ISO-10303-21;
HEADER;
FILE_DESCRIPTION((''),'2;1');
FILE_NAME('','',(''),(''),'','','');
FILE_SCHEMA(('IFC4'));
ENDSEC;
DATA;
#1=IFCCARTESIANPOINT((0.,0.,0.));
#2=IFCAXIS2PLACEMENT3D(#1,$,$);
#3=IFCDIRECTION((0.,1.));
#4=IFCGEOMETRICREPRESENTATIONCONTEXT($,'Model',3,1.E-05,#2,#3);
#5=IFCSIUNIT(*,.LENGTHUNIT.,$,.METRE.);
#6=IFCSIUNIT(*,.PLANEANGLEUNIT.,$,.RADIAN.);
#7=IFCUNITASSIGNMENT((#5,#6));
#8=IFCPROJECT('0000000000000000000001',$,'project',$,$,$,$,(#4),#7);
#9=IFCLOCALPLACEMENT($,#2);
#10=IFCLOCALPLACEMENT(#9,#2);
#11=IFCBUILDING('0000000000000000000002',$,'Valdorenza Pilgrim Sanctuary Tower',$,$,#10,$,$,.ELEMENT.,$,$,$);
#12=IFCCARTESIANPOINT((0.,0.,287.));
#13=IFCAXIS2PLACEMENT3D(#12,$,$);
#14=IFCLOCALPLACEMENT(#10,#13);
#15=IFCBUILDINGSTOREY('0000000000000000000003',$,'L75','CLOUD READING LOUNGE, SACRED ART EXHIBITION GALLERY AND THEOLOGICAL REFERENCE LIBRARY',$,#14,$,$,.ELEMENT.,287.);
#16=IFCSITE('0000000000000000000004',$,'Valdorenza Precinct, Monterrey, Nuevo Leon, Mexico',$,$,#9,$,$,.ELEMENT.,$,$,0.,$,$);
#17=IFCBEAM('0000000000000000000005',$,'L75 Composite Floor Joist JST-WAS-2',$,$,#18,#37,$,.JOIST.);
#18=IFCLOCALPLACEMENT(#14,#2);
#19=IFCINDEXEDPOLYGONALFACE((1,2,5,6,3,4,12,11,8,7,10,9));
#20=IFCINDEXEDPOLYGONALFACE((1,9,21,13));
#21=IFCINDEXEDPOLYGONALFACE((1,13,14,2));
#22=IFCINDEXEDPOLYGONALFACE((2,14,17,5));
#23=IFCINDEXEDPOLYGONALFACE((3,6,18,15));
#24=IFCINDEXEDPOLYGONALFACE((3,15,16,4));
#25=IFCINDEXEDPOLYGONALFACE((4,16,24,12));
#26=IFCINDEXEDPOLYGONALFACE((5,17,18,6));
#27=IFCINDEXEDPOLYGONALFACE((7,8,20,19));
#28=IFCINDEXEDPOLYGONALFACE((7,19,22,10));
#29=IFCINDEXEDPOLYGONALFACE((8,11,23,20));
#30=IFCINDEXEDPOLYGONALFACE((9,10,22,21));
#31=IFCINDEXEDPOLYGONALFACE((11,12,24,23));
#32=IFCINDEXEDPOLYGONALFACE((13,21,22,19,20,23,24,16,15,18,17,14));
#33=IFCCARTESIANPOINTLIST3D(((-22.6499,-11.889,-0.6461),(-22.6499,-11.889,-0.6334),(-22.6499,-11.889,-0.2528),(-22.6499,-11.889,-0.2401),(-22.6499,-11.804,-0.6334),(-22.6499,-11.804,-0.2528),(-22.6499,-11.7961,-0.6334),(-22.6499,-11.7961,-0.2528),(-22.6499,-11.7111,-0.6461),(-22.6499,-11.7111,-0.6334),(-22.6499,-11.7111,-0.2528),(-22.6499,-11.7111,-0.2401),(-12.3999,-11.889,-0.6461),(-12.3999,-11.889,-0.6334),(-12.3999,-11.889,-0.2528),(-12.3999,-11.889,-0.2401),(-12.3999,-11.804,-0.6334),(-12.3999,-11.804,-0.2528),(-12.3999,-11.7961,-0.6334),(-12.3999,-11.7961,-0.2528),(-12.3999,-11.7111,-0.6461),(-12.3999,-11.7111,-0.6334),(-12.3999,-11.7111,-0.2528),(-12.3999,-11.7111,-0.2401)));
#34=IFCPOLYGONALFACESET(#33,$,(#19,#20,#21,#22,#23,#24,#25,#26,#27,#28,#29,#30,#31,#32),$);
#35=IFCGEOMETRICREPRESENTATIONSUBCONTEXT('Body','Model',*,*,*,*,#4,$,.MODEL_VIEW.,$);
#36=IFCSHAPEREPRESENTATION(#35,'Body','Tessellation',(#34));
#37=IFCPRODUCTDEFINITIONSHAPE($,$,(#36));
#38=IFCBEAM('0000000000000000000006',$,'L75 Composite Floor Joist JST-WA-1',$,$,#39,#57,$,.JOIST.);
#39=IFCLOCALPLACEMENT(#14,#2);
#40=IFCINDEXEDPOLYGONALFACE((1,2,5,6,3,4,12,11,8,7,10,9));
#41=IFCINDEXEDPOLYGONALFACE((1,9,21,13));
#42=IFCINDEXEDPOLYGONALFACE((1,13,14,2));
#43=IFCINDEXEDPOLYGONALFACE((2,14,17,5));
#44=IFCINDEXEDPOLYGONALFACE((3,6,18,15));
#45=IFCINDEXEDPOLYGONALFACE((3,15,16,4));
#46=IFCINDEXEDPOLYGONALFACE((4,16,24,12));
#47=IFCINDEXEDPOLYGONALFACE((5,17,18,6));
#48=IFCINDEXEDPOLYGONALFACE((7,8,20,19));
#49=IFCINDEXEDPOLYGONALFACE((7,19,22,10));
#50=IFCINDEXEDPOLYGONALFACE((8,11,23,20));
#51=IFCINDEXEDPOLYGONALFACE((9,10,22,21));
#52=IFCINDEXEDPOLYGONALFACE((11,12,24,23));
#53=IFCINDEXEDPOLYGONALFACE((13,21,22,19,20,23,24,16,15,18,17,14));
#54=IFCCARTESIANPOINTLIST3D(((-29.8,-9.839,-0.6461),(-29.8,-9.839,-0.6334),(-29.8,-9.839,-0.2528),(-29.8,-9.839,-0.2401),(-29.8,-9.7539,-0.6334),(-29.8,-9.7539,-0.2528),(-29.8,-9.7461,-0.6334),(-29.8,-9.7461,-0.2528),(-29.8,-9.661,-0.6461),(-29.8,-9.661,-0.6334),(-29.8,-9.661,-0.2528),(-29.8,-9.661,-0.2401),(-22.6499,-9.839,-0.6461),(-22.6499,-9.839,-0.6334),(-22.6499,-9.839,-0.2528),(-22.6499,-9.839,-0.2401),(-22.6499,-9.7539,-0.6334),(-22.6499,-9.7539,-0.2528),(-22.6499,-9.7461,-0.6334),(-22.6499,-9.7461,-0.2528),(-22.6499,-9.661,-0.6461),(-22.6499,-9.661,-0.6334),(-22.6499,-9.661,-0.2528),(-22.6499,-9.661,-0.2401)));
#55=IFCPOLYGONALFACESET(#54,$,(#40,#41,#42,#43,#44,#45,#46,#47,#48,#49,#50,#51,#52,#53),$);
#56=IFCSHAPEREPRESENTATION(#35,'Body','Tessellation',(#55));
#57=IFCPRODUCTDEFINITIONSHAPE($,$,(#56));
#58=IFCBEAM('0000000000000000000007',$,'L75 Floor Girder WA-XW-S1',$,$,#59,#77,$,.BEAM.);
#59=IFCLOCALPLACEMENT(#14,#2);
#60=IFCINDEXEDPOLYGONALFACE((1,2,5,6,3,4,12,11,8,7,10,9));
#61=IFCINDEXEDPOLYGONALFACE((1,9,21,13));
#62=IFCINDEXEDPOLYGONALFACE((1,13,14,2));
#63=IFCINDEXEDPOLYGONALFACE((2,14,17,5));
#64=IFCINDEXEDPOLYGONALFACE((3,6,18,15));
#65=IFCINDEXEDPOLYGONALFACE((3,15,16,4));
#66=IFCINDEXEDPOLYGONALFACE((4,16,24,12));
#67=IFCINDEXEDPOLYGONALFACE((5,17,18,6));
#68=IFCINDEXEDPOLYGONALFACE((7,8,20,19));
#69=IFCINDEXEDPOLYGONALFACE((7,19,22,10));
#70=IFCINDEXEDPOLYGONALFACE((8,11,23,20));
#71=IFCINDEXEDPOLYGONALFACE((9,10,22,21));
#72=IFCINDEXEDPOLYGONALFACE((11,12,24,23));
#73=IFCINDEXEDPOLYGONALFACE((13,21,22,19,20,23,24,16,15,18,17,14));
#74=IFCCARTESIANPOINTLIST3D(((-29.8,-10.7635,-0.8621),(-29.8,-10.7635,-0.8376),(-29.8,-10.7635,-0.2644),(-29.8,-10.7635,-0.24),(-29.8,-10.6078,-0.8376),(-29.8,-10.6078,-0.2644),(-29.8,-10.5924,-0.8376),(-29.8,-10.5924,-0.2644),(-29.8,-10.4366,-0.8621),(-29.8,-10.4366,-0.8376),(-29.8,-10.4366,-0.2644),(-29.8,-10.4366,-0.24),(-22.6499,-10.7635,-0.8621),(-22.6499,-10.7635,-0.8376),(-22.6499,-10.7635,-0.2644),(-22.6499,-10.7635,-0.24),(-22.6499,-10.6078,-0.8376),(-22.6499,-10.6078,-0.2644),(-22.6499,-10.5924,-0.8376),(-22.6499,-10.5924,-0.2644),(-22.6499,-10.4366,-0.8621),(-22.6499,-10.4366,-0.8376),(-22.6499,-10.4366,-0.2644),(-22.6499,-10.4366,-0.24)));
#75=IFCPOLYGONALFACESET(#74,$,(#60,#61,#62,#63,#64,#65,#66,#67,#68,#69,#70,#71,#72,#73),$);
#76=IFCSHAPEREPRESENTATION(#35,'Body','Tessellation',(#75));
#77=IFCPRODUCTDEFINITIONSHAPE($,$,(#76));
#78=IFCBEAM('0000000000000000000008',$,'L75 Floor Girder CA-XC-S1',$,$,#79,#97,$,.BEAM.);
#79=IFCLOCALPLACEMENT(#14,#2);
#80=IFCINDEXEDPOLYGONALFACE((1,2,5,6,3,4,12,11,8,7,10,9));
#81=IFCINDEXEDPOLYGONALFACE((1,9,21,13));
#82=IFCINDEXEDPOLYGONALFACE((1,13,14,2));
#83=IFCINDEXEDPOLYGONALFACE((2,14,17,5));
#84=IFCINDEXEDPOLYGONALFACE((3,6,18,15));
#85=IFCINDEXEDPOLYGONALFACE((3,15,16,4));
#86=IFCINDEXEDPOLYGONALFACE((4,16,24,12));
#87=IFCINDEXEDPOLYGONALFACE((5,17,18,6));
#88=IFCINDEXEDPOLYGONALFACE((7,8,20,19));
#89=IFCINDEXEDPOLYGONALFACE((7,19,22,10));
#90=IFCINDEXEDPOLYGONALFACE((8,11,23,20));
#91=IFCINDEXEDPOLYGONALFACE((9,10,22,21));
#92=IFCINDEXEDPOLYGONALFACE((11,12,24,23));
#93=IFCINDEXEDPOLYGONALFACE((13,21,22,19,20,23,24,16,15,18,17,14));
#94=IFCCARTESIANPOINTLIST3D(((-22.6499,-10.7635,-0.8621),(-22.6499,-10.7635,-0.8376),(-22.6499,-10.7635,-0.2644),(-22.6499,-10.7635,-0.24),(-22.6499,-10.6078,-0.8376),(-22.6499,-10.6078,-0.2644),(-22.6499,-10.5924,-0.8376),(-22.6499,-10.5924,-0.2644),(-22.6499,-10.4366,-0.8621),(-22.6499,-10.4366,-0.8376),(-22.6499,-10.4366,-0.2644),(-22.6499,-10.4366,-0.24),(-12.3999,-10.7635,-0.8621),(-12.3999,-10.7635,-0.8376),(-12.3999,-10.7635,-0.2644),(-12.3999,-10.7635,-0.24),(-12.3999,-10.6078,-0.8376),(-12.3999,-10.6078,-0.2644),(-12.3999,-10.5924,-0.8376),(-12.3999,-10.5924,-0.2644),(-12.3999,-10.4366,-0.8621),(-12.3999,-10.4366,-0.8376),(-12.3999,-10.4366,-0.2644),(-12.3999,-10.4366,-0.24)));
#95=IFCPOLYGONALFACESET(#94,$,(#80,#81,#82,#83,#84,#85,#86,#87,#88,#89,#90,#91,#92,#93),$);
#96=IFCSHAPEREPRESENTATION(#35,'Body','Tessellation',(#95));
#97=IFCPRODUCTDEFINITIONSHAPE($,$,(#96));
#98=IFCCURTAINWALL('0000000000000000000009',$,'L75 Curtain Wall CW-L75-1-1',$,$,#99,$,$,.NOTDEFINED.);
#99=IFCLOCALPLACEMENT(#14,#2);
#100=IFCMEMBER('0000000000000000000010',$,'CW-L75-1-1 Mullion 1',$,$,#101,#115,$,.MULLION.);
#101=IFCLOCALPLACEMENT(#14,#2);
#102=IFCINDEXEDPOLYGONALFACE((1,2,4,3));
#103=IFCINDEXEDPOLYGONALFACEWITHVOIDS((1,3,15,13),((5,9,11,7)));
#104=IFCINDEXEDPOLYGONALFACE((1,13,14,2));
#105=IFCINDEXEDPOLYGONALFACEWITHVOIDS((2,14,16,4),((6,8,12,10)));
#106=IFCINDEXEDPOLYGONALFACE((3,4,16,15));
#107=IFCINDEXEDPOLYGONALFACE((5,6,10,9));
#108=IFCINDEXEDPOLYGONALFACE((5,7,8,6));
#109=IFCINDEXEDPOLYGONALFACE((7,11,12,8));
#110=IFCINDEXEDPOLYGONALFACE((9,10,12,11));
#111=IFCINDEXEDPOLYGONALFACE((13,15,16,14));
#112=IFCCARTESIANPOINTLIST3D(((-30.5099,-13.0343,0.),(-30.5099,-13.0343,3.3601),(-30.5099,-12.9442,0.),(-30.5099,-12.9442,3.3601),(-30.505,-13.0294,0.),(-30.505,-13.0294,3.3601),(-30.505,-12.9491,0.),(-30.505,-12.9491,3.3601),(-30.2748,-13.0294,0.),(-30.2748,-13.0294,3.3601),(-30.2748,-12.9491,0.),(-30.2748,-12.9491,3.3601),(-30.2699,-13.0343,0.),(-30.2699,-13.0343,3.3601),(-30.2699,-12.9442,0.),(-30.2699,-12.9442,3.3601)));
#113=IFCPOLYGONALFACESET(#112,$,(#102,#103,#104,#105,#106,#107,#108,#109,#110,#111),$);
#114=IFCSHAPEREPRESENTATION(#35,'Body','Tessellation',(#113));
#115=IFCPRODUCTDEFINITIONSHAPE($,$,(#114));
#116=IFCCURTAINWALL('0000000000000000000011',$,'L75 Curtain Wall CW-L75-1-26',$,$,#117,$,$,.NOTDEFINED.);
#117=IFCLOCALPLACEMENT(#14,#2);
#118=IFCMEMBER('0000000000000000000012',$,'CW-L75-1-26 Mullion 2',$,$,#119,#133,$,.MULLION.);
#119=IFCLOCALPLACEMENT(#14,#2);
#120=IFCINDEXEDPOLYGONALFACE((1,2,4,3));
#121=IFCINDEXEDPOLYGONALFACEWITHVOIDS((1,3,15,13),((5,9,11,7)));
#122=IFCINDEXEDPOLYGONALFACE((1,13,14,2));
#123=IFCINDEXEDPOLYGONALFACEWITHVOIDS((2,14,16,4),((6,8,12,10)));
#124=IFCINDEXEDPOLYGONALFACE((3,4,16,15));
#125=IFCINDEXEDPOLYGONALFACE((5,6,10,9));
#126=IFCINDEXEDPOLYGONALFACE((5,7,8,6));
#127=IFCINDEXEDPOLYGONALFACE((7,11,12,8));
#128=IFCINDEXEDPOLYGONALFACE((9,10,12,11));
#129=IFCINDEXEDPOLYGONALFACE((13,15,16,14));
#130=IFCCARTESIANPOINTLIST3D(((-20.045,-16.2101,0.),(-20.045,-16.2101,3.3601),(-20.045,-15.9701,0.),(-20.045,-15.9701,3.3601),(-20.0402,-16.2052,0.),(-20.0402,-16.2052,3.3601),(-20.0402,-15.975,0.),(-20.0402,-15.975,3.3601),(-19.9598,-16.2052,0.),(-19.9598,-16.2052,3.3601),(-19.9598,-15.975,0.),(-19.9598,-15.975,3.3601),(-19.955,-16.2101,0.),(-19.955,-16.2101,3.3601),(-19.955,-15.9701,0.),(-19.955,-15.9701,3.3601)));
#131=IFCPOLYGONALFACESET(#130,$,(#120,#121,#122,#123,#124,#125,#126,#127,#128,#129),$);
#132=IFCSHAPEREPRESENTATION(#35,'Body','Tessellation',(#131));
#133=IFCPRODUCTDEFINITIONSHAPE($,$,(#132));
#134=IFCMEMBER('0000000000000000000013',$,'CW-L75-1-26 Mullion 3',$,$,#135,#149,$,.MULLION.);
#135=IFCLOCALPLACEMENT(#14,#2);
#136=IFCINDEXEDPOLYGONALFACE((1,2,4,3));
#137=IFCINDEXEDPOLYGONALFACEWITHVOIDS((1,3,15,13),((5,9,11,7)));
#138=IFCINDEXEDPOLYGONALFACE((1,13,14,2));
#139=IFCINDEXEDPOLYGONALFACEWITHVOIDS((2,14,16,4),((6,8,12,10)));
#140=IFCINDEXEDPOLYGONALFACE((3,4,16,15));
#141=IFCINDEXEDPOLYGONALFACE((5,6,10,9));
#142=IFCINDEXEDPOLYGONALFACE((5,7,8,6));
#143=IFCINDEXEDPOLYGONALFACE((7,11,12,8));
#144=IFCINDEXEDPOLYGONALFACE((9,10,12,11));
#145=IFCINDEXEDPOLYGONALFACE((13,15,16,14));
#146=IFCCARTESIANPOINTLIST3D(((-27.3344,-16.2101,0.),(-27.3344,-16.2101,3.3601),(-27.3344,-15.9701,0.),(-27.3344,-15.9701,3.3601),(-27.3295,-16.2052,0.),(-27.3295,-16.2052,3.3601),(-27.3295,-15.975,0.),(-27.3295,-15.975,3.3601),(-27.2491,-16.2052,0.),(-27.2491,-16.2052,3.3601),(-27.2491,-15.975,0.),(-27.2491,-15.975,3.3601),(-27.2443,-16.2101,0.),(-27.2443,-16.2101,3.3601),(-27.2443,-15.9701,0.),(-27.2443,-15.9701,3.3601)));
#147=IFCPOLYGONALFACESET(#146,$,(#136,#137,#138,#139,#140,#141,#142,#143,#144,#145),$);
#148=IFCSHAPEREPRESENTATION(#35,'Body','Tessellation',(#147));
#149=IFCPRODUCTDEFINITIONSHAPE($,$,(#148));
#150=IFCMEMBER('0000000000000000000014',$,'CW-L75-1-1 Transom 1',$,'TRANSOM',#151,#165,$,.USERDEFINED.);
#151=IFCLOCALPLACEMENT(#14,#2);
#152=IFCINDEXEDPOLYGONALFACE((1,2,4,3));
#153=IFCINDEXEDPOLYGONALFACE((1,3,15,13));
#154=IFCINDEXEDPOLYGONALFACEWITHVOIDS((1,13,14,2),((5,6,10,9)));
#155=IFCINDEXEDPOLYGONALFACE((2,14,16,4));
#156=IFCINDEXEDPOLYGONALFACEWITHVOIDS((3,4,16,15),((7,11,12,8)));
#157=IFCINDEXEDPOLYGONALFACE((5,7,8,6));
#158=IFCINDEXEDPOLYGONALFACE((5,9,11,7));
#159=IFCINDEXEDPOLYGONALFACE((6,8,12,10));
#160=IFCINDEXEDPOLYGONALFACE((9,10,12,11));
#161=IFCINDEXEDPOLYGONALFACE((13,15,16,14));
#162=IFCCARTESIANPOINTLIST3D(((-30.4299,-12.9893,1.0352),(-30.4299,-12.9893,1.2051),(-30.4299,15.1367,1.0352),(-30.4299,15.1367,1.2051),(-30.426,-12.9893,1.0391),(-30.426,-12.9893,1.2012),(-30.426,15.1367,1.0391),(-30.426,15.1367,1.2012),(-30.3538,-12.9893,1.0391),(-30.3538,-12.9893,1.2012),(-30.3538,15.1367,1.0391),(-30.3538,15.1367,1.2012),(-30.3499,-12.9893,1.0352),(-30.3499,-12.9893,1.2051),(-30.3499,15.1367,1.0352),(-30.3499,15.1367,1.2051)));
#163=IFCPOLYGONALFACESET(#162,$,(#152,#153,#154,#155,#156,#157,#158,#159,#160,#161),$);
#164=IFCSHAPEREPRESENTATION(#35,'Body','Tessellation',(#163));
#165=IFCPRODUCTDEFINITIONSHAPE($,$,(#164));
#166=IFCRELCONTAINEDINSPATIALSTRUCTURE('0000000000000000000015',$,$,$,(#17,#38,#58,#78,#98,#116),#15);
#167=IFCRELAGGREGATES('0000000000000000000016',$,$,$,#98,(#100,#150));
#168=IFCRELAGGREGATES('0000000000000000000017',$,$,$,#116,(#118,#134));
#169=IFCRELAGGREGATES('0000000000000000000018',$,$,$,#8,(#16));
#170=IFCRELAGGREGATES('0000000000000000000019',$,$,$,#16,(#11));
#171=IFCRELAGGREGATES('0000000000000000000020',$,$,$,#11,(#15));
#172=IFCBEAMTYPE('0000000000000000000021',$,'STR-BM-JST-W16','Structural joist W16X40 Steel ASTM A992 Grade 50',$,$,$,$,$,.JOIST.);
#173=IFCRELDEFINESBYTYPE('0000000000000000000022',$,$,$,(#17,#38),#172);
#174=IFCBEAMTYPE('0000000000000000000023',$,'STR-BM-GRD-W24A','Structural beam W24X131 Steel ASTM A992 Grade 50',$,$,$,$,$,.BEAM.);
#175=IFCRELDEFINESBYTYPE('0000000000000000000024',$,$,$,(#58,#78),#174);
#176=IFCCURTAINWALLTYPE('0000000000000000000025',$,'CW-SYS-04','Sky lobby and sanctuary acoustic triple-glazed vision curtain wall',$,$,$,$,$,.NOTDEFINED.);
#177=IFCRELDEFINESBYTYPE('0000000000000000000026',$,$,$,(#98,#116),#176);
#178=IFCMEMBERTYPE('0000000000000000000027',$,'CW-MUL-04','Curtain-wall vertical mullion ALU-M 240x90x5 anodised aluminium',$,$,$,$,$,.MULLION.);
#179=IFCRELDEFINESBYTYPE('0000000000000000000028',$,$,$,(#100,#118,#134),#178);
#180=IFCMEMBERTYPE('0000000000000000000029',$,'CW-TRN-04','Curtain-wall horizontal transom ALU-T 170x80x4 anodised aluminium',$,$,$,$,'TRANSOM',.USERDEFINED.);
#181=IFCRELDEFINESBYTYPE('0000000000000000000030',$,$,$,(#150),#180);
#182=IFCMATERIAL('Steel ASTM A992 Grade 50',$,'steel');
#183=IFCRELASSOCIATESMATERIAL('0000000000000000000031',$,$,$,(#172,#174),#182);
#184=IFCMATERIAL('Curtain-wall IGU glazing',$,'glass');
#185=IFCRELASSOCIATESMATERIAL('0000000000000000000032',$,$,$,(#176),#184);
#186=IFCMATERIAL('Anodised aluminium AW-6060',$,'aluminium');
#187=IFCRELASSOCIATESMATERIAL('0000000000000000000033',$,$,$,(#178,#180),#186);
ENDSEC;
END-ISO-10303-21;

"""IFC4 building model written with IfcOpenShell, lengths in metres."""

from ifc_helpers import new_model, si_unit, direction, frame, origin, origin_2d, place, context, subcontext, project, spatial, hollow_rectangle, i_section, extrude, source, transform, mapped, material, material_profile, profile_set, type_object, element, aggregate, save


model = new_model("IFC4")

# Units and contexts
model_context = context("Model", 3, precision=1e-05, world=origin(), true_north=direction((0.0, 1.0)))
body_context = subcontext(model_context, "Body", "Model", "MODEL_VIEW")
ifc_project = project(units=[si_unit("LENGTHUNIT", "METRE"), si_unit("PLANEANGLEUNIT", "RADIAN")], contexts=[model_context])

# Site, building, storey
site_placement = place(None, origin())
site = spatial("IfcSite", under=ifc_project, at=site_placement, Name="Valdorenza Precinct, Monterrey, Nuevo Leon, Mexico", CompositionType="ELEMENT", RefElevation=0.0)
building_placement = place(site_placement, origin())
building = spatial("IfcBuilding", under=site, at=building_placement, Name="Valdorenza Pilgrim Sanctuary Tower", CompositionType="ELEMENT")
storey_placement = place(building_placement, frame((0.0, 0.0, 287.0)))
storey = spatial("IfcBuildingStorey", under=building, at=storey_placement, Name="L75", Description="CLOUD READING LOUNGE, SACRED ART EXHIBITION GALLERY AND THEOLOGICAL REFERENCE LIBRARY", CompositionType="ELEMENT", Elevation=287.0)

# Shared definitions
ifc_material_1 = material(Name="Steel ASTM A992 Grade 50", Category="steel")

# Beams
ifc_material_profile_1 = material_profile(ifc_material_1, i_section(OverallWidth=0.178, OverallDepth=0.406, WebThickness=0.0078, FlangeThickness=0.0127, at=origin_2d()), Name="W16X40")
ifc_profile_set_1 = profile_set([ifc_material_profile_1], Name="Steel ASTM A992 Grade 50")
beam_type_1 = type_object("IfcBeamType", Name="STR-BM-JST-W16", Description="Structural joist W16X40 Steel ASTM A992 Grade 50", PredefinedType="JOIST", material=ifc_profile_set_1)
shared_shape_1 = source(origin(), body_context, "Body", "SweptSolid", [
    extrude(i_section(OverallWidth=0.178, OverallDepth=0.406, WebThickness=0.0078, FlangeThickness=0.0127, at=origin_2d()), origin(), (0.0, 0.0, 1.0), 10.25),
])
for number, where, z_axis, x_axis, name in (
    (1, (-22.6499, -11.8, -0.4431), (1.0, 0.0, 0.0), (0.0, 1.0, 0.0), "L75 Composite Floor Joist JST-WAS-2"),
):
    element("IfcBeam", number, at=place(storey_placement, frame(where, z_axis=z_axis, x_axis=x_axis)), inside=storey, type_object=beam_type_1, Name=name, PredefinedType="JOIST", context=body_context, shape_type="MappedRepresentation", body=[
        mapped(shared_shape_1, transform((0.0, 0.0, 0.0), x_axis=(1.0, 0.0, 0.0), y_axis=(0.0, 1.0, 0.0), z_axis=(0.0, 0.0, 1.0), scale=1.0)),
    ])
shared_shape_2 = source(origin(), body_context, "Body", "SweptSolid", [
    extrude(i_section(OverallWidth=0.178, OverallDepth=0.406, WebThickness=0.0078, FlangeThickness=0.0127, at=origin_2d()), origin(), (0.0, 0.0, 1.0), 7.1501),
])
beam_1_placement = place(storey_placement, frame((-29.8, -9.75, -0.4431), z_axis=(1.0, 0.0, 0.0), x_axis=(0.0, 1.0, 0.0)))
element("IfcBeam", 2, at=beam_1_placement, inside=storey, type_object=beam_type_1, Name="L75 Composite Floor Joist JST-WA-1", PredefinedType="JOIST", context=body_context, shape_type="MappedRepresentation", body=[
    mapped(shared_shape_2, transform((0.0, 0.0, 0.0), x_axis=(1.0, 0.0, 0.0), y_axis=(0.0, 1.0, 0.0), z_axis=(0.0, 0.0, 1.0), scale=1.0)),
])
ifc_material_profile_2 = material_profile(ifc_material_1, i_section(OverallWidth=0.3269, OverallDepth=0.6221, WebThickness=0.0154, FlangeThickness=0.0244, at=origin_2d()), Name="W24X131")
ifc_profile_set_2 = profile_set([ifc_material_profile_2], Name="Steel ASTM A992 Grade 50")
beam_type_2 = type_object("IfcBeamType", Name="STR-BM-GRD-W24A", Description="Structural beam W24X131 Steel ASTM A992 Grade 50", PredefinedType="BEAM", material=ifc_profile_set_2)
shared_shape_3 = source(origin(), body_context, "Body", "SweptSolid", [
    extrude(i_section(OverallWidth=0.3269, OverallDepth=0.6221, WebThickness=0.0154, FlangeThickness=0.0244, at=origin_2d()), origin(), (0.0, 0.0, 1.0), 7.1501),
])
beam_2_placement = place(storey_placement, frame((-29.8, -10.6001, -0.551), z_axis=(1.0, 0.0, 0.0), x_axis=(0.0, 1.0, 0.0)))
element("IfcBeam", 3, at=beam_2_placement, inside=storey, type_object=beam_type_2, Name="L75 Floor Girder WA-XW-S1", PredefinedType="BEAM", context=body_context, shape_type="MappedRepresentation", body=[
    mapped(shared_shape_3, transform((0.0, 0.0, 0.0), x_axis=(1.0, 0.0, 0.0), y_axis=(0.0, 1.0, 0.0), z_axis=(0.0, 0.0, 1.0), scale=1.0)),
])
shared_shape_4 = source(origin(), body_context, "Body", "SweptSolid", [
    extrude(i_section(OverallWidth=0.3269, OverallDepth=0.6221, WebThickness=0.0154, FlangeThickness=0.0244, at=origin_2d()), origin(), (0.0, 0.0, 1.0), 10.25),
])
beam_3_placement = place(storey_placement, frame((-22.6499, -10.6001, -0.551), z_axis=(1.0, 0.0, 0.0), x_axis=(0.0, 1.0, 0.0)))
element("IfcBeam", 4, at=beam_3_placement, inside=storey, type_object=beam_type_2, Name="L75 Floor Girder CA-XC-S1", PredefinedType="BEAM", context=body_context, shape_type="MappedRepresentation", body=[
    mapped(shared_shape_4, transform((0.0, 0.0, 0.0), x_axis=(1.0, 0.0, 0.0), y_axis=(0.0, 1.0, 0.0), z_axis=(0.0, 0.0, 1.0), scale=1.0)),
])

# Curtain wall, member
ifc_material_2 = material(Name="Curtain-wall IGU glazing", Category="glass")
curtain_wall_type = type_object("IfcCurtainWallType", Name="CW-SYS-04", Description="Sky lobby and sanctuary acoustic triple-glazed vision curtain wall", PredefinedType="NOTDEFINED", material=ifc_material_2)
curtain_wall_1_placement = place(storey_placement, origin())
curtain_wall_1 = element("IfcCurtainWall", 5, at=curtain_wall_1_placement, inside=storey, type_object=curtain_wall_type, Name="L75 Curtain Wall CW-L75-1-1", PredefinedType="NOTDEFINED")
ifc_material_3 = material(Name="Anodised aluminium AW-6060", Category="aluminium")
ifc_material_profile_3 = material_profile(ifc_material_3, hollow_rectangle(XDim=0.0901, YDim=0.24, WallThickness=0.0049, at=origin_2d()), Name="ALU-M 240x90x5")
ifc_profile_set_3 = profile_set([ifc_material_profile_3], Name="Anodised aluminium AW-6060")
member_type_1 = type_object("IfcMemberType", Name="CW-MUL-04", Description="Curtain-wall vertical mullion ALU-M 240x90x5 anodised aluminium", PredefinedType="MULLION", material=ifc_profile_set_3)
shared_shape_5 = source(origin(), body_context, "Body", "SweptSolid", [
    extrude(hollow_rectangle(XDim=0.0901, YDim=0.24, WallThickness=0.0049, at=origin_2d()), origin(), (0.0, 0.0, 1.0), 3.3601),
])
member_1_placement = place(storey_placement, frame((-30.3899, -12.9893, 0.0), z_axis=(0.0, 0.0, 1.0), x_axis=(0.0, 1.0, 0.0)))
member_1 = element("IfcMember", 6, at=member_1_placement, type_object=member_type_1, Name="CW-L75-1-1 Mullion 1", PredefinedType="MULLION", context=body_context, shape_type="MappedRepresentation", body=[
    mapped(shared_shape_5, transform((0.0, 0.0, 0.0), x_axis=(1.0, 0.0, 0.0), y_axis=(0.0, 1.0, 0.0), z_axis=(0.0, 0.0, 1.0), scale=1.0)),
])

# Curtain wall, members
curtain_wall_2_placement = place(storey_placement, origin())
curtain_wall_2 = element("IfcCurtainWall", 7, at=curtain_wall_2_placement, inside=storey, type_object=curtain_wall_type, Name="L75 Curtain Wall CW-L75-1-26", PredefinedType="NOTDEFINED")
member_2_placement = place(storey_placement, frame((-20.0, -16.0901, 0.0), z_axis=(0.0, 0.0, 1.0), x_axis=(-1.0, 0.0, 0.0)))
member_2 = element("IfcMember", 8, at=member_2_placement, type_object=member_type_1, Name="CW-L75-1-26 Mullion 2", PredefinedType="MULLION", context=body_context, shape_type="MappedRepresentation", body=[
    mapped(shared_shape_5, transform((0.0, 0.0, 0.0), x_axis=(1.0, 0.0, 0.0), y_axis=(0.0, 1.0, 0.0), z_axis=(0.0, 0.0, 1.0), scale=1.0)),
])
member_3_placement = place(storey_placement, frame((-27.2893, -16.0901, 0.0), z_axis=(0.0, 0.0, 1.0), x_axis=(-1.0, 0.0, 0.0)))
member_3 = element("IfcMember", 9, at=member_3_placement, type_object=member_type_1, Name="CW-L75-1-26 Mullion 3", PredefinedType="MULLION", context=body_context, shape_type="MappedRepresentation", body=[
    mapped(shared_shape_5, transform((0.0, 0.0, 0.0), x_axis=(1.0, 0.0, 0.0), y_axis=(0.0, 1.0, 0.0), z_axis=(0.0, 0.0, 1.0), scale=1.0)),
])

# Member
ifc_material_profile_4 = material_profile(ifc_material_3, hollow_rectangle(XDim=0.0801, YDim=0.1699, WallThickness=0.0039, at=origin_2d()), Name="ALU-T 170x80x4")
ifc_profile_set_4 = profile_set([ifc_material_profile_4], Name="Anodised aluminium AW-6060")
member_type_2 = type_object("IfcMemberType", Name="CW-TRN-04", Description="Curtain-wall horizontal transom ALU-T 170x80x4 anodised aluminium", ElementType="TRANSOM", PredefinedType="USERDEFINED", material=ifc_profile_set_4)
shared_shape_6 = source(origin(), body_context, "Body", "SweptSolid", [
    extrude(hollow_rectangle(XDim=0.0801, YDim=0.1699, WallThickness=0.0039, at=origin_2d()), origin(), (0.0, 0.0, 1.0), 28.126),
])
member_4_placement = place(storey_placement, frame((-30.3899, -12.9893, 1.1201), z_axis=(0.0, 1.0, 0.0), x_axis=(-1.0, 0.0, 0.0)))
member_4 = element("IfcMember", 10, at=member_4_placement, type_object=member_type_2, Name="CW-L75-1-1 Transom 1", ObjectType="TRANSOM", PredefinedType="USERDEFINED", context=body_context, shape_type="MappedRepresentation", body=[
    mapped(shared_shape_6, transform((0.0, 0.0, 0.0), x_axis=(1.0, 0.0, 0.0), y_axis=(0.0, 1.0, 0.0), z_axis=(0.0, 0.0, 1.0), scale=1.0)),
])
aggregate(curtain_wall_1, [member_1, member_4])

aggregate(curtain_wall_2, [member_2, member_3])

save(model, "model.ifc")
